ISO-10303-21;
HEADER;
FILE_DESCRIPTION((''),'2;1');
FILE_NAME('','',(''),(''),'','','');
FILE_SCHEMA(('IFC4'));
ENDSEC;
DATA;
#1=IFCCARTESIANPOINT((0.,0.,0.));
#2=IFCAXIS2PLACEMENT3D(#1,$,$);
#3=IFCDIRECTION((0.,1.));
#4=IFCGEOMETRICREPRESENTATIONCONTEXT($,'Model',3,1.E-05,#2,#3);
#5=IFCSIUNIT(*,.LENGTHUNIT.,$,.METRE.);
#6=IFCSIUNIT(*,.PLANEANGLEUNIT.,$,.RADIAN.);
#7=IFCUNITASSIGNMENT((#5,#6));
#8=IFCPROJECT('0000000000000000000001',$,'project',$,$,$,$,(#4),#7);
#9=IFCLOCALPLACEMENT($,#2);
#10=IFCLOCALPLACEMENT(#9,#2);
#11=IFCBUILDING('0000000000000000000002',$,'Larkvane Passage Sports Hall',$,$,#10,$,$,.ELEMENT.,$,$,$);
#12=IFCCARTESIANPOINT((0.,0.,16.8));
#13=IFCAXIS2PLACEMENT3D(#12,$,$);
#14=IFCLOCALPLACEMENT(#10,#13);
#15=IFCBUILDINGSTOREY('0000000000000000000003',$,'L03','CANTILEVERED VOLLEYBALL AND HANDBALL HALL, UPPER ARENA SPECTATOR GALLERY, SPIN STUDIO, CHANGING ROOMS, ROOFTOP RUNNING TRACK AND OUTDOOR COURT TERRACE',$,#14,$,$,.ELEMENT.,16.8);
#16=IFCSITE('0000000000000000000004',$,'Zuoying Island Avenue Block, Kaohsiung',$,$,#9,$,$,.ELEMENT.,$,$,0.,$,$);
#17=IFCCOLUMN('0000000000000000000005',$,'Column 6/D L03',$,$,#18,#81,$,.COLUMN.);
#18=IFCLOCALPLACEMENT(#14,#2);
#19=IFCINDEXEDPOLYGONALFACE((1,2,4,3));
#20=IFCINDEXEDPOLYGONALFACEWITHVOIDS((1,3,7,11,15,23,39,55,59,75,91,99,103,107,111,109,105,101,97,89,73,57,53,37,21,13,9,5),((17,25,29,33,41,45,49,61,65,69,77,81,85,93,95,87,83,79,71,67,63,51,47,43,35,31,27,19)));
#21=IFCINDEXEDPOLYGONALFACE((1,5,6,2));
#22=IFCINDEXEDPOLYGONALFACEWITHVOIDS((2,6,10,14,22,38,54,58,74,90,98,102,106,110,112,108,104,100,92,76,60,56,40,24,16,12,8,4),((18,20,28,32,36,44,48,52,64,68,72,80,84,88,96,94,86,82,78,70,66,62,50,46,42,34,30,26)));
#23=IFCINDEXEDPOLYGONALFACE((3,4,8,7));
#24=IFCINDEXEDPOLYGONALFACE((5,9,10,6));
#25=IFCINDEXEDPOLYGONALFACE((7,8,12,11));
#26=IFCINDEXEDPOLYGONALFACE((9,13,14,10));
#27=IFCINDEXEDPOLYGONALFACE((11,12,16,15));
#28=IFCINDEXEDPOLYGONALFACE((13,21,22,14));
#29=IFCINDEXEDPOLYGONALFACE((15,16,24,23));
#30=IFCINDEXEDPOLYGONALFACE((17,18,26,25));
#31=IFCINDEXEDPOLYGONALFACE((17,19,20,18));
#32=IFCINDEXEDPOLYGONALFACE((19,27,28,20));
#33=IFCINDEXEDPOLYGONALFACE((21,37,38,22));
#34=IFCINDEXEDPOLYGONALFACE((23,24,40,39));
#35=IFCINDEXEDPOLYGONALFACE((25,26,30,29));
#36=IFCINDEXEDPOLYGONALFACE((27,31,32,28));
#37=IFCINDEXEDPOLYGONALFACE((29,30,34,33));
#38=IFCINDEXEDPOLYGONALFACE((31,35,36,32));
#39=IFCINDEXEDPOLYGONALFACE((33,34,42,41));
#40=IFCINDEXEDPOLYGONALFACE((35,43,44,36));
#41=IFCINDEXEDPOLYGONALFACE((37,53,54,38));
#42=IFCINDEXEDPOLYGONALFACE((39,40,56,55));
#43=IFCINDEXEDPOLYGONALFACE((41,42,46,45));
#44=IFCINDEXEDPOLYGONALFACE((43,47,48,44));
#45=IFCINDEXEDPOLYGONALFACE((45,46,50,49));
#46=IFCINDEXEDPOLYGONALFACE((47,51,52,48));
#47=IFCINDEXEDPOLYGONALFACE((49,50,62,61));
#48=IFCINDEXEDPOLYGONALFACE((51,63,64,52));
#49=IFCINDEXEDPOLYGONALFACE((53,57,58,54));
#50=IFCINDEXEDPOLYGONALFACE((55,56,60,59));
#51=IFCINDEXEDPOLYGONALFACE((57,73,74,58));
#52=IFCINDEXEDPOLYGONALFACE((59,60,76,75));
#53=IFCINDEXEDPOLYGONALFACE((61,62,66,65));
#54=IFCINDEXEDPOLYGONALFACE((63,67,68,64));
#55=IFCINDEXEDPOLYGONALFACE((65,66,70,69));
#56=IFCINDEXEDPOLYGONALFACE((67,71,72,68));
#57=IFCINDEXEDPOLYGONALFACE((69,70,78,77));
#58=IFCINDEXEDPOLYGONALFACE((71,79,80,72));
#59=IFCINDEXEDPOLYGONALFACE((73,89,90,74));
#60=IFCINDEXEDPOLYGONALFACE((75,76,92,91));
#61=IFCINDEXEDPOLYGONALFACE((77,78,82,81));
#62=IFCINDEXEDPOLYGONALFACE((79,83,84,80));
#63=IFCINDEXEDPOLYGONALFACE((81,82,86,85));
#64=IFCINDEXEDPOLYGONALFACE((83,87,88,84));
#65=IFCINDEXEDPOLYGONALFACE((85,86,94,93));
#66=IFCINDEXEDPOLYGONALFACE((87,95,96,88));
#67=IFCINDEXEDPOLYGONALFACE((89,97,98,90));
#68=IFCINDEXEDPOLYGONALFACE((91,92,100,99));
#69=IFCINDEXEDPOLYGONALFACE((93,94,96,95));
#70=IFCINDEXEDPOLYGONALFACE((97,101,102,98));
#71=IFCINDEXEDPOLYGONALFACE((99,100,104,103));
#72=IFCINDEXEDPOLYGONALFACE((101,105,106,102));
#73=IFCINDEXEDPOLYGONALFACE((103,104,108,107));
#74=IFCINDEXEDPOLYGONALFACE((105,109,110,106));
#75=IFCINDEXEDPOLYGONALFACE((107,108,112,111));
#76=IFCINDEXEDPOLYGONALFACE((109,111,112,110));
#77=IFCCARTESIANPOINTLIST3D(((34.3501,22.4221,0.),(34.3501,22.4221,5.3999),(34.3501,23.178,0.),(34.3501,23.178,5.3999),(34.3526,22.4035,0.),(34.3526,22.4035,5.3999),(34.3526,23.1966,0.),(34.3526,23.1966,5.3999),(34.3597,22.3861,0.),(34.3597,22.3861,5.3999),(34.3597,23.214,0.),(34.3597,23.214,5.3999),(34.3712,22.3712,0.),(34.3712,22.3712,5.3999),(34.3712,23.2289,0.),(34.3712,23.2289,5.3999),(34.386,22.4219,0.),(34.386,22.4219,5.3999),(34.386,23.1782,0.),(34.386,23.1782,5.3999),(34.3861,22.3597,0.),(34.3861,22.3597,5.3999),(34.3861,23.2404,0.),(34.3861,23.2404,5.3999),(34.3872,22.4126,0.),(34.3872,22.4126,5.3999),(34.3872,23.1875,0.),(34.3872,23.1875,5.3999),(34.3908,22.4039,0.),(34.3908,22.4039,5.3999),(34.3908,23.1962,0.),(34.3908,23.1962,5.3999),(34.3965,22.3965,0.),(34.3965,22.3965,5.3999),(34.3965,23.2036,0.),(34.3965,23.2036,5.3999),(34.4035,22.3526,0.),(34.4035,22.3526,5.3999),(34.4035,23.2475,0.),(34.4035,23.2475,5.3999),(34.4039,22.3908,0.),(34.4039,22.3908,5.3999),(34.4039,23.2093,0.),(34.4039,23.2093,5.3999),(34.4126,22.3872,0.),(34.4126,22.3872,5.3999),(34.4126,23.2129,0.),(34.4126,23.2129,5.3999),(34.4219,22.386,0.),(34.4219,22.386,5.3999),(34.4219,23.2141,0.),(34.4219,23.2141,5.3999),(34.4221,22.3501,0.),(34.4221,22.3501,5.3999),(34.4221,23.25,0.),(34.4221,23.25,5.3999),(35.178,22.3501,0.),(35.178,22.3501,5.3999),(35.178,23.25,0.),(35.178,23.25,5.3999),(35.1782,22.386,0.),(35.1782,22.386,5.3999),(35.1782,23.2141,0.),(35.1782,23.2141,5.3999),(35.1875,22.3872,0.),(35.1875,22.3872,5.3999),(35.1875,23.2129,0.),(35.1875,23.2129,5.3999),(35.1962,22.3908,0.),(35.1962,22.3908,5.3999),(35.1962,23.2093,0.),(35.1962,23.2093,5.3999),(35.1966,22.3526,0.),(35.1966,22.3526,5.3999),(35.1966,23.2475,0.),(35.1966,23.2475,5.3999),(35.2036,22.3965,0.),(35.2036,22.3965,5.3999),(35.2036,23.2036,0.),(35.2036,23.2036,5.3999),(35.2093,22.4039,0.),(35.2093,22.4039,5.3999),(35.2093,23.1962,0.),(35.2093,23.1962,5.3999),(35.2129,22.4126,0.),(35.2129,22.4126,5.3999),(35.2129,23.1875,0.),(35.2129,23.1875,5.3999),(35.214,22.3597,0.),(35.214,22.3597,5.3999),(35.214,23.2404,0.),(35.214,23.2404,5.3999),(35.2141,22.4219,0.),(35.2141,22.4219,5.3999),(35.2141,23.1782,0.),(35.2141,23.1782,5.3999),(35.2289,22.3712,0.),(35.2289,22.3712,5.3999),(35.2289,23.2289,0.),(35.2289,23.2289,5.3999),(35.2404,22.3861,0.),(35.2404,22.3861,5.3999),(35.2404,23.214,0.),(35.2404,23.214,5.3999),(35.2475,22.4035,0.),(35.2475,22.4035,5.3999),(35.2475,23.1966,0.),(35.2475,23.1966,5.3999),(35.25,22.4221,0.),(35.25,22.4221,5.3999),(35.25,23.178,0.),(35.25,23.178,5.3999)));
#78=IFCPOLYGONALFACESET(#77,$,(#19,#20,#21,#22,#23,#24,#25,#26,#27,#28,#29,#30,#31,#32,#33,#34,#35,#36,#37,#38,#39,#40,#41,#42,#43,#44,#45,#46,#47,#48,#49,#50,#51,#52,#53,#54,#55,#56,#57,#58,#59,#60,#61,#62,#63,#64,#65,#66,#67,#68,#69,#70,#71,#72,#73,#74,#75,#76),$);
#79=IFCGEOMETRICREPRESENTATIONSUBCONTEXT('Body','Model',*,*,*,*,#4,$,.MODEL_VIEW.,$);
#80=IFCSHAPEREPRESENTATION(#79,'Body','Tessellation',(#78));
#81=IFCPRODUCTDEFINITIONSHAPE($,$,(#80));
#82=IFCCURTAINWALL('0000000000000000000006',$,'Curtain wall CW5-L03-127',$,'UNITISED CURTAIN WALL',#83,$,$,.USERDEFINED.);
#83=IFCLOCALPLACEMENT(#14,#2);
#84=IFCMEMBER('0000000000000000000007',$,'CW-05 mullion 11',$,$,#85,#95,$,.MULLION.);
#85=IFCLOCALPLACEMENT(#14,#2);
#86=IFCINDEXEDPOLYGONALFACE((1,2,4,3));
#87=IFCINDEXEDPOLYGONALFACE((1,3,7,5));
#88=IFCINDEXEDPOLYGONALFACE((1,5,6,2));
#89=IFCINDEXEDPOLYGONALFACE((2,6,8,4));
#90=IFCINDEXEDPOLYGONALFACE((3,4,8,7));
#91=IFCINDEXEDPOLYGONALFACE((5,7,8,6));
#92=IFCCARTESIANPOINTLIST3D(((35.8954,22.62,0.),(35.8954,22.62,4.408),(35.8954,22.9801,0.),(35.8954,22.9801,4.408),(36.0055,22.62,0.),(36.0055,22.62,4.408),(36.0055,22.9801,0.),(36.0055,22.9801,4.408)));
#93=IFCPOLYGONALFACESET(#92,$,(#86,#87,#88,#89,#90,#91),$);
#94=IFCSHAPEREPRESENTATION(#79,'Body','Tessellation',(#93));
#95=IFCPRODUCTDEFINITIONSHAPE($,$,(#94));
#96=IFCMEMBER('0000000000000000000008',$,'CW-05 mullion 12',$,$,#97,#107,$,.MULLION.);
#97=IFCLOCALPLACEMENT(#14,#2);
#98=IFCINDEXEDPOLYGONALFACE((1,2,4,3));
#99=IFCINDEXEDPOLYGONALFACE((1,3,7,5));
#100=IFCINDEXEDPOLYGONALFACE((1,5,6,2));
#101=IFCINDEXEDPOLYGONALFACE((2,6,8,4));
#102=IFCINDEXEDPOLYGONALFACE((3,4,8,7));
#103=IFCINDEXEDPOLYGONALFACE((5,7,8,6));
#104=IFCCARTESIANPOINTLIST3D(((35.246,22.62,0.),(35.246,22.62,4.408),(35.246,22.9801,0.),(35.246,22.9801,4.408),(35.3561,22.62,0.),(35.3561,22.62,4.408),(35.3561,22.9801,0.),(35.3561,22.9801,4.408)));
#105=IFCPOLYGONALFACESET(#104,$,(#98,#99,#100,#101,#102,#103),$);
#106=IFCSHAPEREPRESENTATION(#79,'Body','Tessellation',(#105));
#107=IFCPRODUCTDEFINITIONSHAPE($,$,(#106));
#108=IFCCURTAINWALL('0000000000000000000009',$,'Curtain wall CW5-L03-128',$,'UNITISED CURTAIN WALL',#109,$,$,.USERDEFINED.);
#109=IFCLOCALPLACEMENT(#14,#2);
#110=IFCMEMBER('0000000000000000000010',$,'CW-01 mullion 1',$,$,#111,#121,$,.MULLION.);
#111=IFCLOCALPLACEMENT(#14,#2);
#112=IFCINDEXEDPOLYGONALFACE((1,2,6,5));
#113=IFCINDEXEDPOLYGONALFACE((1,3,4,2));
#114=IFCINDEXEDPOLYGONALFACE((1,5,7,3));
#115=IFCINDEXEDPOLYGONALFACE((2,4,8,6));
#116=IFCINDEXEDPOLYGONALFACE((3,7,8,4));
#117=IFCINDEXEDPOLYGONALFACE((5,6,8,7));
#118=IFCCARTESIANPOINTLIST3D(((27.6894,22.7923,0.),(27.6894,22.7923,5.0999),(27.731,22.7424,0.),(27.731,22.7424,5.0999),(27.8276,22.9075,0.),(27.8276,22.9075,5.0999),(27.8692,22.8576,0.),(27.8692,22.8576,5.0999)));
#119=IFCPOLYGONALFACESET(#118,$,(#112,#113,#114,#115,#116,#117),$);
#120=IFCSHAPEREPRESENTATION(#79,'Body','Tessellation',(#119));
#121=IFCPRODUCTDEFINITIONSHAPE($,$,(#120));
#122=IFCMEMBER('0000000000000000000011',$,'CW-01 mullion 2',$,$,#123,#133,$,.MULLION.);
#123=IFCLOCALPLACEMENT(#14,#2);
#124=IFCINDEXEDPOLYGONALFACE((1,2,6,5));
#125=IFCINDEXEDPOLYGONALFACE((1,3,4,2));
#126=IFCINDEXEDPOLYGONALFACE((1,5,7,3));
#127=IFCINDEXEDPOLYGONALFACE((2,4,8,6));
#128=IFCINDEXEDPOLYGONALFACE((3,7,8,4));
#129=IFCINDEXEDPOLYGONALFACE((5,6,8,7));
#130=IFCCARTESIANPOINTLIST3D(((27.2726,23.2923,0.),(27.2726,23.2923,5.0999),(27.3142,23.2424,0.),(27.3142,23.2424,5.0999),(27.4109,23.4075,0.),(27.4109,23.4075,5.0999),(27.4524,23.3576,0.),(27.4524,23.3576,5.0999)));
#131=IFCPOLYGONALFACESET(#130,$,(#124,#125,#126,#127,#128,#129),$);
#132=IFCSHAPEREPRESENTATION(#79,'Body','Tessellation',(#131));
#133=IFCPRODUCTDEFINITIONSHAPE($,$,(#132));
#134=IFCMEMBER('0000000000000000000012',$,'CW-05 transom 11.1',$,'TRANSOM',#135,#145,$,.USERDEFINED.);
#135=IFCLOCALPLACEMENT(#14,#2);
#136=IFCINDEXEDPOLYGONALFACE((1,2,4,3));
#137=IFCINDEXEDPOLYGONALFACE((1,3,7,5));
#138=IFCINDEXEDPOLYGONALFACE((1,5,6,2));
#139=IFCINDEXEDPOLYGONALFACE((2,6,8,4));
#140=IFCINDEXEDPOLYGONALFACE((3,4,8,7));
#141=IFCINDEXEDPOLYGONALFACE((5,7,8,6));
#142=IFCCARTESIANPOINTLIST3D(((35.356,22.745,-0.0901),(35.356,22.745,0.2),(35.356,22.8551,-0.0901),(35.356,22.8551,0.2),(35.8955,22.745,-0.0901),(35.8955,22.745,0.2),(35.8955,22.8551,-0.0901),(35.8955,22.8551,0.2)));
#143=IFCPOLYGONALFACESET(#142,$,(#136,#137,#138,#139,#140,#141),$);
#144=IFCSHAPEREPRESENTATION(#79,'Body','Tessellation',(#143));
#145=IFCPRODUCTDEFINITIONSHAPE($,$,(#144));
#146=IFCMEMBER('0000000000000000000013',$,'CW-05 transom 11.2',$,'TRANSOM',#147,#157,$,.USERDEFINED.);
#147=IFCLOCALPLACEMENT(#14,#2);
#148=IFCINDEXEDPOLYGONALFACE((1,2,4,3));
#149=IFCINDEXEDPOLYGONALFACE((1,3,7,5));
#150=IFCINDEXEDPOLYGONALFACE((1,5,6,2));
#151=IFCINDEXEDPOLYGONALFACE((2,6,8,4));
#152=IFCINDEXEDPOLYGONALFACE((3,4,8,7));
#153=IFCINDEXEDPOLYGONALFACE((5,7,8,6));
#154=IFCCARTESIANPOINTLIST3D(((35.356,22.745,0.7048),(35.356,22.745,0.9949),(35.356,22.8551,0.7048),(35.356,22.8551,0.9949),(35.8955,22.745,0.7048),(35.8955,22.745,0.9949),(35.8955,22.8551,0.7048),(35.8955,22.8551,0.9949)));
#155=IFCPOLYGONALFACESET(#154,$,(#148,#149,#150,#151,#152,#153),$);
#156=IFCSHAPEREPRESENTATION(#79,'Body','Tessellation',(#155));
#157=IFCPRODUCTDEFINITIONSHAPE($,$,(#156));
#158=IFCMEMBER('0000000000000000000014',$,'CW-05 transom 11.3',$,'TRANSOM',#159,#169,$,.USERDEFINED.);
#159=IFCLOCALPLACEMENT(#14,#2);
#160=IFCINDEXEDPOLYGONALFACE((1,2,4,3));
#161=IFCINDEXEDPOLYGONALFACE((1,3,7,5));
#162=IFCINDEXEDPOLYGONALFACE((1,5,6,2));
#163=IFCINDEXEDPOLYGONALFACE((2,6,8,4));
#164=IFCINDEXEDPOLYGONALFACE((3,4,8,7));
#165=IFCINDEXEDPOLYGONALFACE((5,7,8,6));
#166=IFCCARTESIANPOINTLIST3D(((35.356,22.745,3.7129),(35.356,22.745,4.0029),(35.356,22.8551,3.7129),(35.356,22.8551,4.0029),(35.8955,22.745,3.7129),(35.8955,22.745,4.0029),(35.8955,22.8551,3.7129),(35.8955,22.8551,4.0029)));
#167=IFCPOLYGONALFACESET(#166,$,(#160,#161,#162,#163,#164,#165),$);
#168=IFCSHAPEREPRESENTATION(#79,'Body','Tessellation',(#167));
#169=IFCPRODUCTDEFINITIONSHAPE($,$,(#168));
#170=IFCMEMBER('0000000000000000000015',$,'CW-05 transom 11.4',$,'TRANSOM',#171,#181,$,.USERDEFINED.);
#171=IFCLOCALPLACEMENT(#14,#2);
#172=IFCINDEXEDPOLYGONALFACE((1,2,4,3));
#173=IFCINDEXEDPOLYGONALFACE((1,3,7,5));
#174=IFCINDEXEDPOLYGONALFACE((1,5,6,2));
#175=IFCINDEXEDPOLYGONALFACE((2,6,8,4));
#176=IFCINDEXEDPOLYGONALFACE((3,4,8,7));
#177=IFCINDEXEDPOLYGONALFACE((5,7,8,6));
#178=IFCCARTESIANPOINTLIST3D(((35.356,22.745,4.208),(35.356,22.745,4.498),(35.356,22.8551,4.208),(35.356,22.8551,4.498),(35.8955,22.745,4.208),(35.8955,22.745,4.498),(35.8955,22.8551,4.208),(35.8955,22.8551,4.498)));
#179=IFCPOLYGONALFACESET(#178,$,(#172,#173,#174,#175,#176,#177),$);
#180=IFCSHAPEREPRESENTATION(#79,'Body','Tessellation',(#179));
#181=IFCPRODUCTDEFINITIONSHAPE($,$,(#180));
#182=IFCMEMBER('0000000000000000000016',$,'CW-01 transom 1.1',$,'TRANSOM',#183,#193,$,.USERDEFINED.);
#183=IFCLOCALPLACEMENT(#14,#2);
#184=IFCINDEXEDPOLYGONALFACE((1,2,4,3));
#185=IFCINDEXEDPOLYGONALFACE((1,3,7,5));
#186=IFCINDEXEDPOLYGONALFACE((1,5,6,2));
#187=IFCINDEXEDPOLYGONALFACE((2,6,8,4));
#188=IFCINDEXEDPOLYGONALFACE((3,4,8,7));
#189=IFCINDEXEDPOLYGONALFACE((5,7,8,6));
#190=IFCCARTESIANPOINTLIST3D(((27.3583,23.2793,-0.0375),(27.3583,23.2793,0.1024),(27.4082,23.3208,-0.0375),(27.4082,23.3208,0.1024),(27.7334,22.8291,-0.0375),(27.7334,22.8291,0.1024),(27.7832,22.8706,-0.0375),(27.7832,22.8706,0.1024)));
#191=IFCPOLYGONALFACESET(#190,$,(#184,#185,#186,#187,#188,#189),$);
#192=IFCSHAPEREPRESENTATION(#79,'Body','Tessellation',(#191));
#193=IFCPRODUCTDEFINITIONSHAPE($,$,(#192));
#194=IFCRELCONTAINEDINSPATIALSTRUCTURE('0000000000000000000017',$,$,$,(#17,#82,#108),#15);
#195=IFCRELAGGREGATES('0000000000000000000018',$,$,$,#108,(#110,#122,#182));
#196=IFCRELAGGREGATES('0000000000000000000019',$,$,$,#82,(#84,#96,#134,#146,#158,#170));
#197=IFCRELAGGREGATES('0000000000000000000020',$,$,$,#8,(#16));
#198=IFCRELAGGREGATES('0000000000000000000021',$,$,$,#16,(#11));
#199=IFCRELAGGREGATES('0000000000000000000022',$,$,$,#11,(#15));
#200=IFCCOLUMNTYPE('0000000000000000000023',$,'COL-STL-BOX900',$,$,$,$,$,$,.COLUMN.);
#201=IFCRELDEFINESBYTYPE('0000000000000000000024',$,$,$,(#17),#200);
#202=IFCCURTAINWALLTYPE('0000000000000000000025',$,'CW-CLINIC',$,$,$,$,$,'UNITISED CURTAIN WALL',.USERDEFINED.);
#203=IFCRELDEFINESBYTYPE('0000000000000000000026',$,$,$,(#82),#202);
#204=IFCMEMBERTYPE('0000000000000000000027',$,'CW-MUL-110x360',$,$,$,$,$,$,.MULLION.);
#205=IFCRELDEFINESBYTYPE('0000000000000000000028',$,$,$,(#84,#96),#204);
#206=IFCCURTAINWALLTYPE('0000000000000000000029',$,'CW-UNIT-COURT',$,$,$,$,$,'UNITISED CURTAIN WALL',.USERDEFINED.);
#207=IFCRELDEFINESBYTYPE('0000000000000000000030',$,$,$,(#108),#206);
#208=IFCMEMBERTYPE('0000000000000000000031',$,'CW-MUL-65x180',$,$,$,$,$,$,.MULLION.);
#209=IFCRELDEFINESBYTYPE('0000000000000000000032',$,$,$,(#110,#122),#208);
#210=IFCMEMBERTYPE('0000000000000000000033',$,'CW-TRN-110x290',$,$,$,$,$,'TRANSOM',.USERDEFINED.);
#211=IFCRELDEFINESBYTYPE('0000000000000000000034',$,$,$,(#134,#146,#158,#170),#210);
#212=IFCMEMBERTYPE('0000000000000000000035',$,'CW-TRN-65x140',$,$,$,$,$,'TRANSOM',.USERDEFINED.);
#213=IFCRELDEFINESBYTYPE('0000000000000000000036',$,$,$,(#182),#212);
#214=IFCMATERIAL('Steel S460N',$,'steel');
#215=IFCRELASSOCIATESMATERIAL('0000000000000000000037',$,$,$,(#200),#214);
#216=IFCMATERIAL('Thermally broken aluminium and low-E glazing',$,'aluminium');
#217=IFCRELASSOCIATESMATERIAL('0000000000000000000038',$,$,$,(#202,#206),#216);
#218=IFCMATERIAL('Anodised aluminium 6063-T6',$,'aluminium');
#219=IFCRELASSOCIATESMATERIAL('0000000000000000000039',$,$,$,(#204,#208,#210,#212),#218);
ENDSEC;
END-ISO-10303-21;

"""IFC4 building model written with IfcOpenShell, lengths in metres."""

from ifc_helpers import new_model, si_unit, direction, frame, origin, origin_2d, place, context, subcontext, project, spatial, rectangle, hollow_rectangle, extrude, material, material_profile, profile_set, type_object, element, aggregate, save


model = new_model("IFC4")

# Units and contexts
model_context = context("Model", 3, precision=1e-05, world=origin(), true_north=direction((0.0, 1.0)))
body_context = subcontext(model_context, "Body", "Model", "MODEL_VIEW")
ifc_project = project(units=[si_unit("LENGTHUNIT", "METRE"), si_unit("PLANEANGLEUNIT", "RADIAN")], contexts=[model_context])

# Site, building, storey
site_placement = place(None, origin())
site = spatial("IfcSite", under=ifc_project, at=site_placement, Name="Zuoying Island Avenue Block, Kaohsiung", CompositionType="ELEMENT", RefElevation=0.0)
building_placement = place(site_placement, origin())
building = spatial("IfcBuilding", under=site, at=building_placement, Name="Larkvane Passage Sports Hall", CompositionType="ELEMENT")
storey_placement = place(building_placement, frame((0.0, 0.0, 16.8)))
storey = spatial("IfcBuildingStorey", under=building, at=storey_placement, Name="L03", Description="CANTILEVERED VOLLEYBALL AND HANDBALL HALL, UPPER ARENA SPECTATOR GALLERY, SPIN STUDIO, CHANGING ROOMS, ROOFTOP RUNNING TRACK AND OUTDOOR COURT TERRACE", CompositionType="ELEMENT", Elevation=16.8)

# Column
ifc_material_1 = material(Name="Steel S460N", Category="steel")
ifc_material_profile_1 = material_profile(ifc_material_1, hollow_rectangle(XDim=0.8999, YDim=0.8999, WallThickness=0.0359, InnerFilletRadius=0.0359, OuterFilletRadius=0.072, at=origin_2d()), Name="BOX-900x900x36")
ifc_profile_set_1 = profile_set([ifc_material_profile_1], Name="Steel S460N")
column_type = type_object("IfcColumnType", Name="COL-STL-BOX900", PredefinedType="COLUMN", material=ifc_profile_set_1)
column_placement = place(storey_placement, frame((34.8, 22.8, 0.0), z_axis=(0.0, 0.0, 1.0), x_axis=(1.0, 0.0, 0.0)))
element("IfcColumn", 1, at=column_placement, inside=storey, type_object=column_type, Name="Column 6/D L03", PredefinedType="COLUMN", context=body_context, shape_type="SweptSolid", body=[
    extrude(hollow_rectangle(XDim=0.8999, YDim=0.8999, WallThickness=0.0359, InnerFilletRadius=0.0359, OuterFilletRadius=0.072, at=origin_2d()), origin(), (0.0, 0.0, 1.0), 5.3999),
])

# Curtain walls, members
ifc_material_2 = material(Name="Thermally broken aluminium and low-E glazing", Category="aluminium")
curtain_wall_type_1 = type_object("IfcCurtainWallType", Name="CW-CLINIC", ElementType="UNITISED CURTAIN WALL", PredefinedType="USERDEFINED", material=ifc_material_2)
curtain_wall_1_placement = place(storey_placement, origin())
curtain_wall_1 = element("IfcCurtainWall", 2, at=curtain_wall_1_placement, inside=storey, type_object=curtain_wall_type_1, Name="Curtain wall CW5-L03-127", ObjectType="UNITISED CURTAIN WALL", PredefinedType="USERDEFINED")
ifc_material_3 = material(Name="Anodised aluminium 6063-T6", Category="aluminium")
ifc_material_profile_2 = material_profile(ifc_material_3, rectangle(XDim=0.1101, YDim=0.3601, at=origin_2d()), Name="ALU-MUL-110x360")
ifc_profile_set_2 = profile_set([ifc_material_profile_2], Name="Anodised aluminium 6063-T6")
member_type_1 = type_object("IfcMemberType", Name="CW-MUL-110x360", PredefinedType="MULLION", material=ifc_profile_set_2)
member_1_placement = place(storey_placement, frame((35.9504, 22.8, 0.0), z_axis=(0.0, 0.0, 1.0), x_axis=(-1.0, 0.0, 0.0)))
member_1 = element("IfcMember", 3, at=member_1_placement, type_object=member_type_1, Name="CW-05 mullion 11", PredefinedType="MULLION", context=body_context, shape_type="SweptSolid", body=[
    extrude(rectangle(XDim=0.1101, YDim=0.3601, at=origin_2d()), origin(), (0.0, 0.0, 1.0), 4.408),
])
member_2_placement = place(storey_placement, frame((35.301, 22.8, 0.0), z_axis=(0.0, 0.0, 1.0), x_axis=(-1.0, 0.0, 0.0)))
member_2 = element("IfcMember", 4, at=member_2_placement, type_object=member_type_1, Name="CW-05 mullion 12", PredefinedType="MULLION", context=body_context, shape_type="SweptSolid", body=[
    extrude(rectangle(XDim=0.1101, YDim=0.3601, at=origin_2d()), origin(), (0.0, 0.0, 1.0), 4.408),
])
curtain_wall_type_2 = type_object("IfcCurtainWallType", Name="CW-UNIT-COURT", ElementType="UNITISED CURTAIN WALL", PredefinedType="USERDEFINED", material=ifc_material_2)
curtain_wall_2_placement = place(storey_placement, origin())
curtain_wall_2 = element("IfcCurtainWall", 5, at=curtain_wall_2_placement, inside=storey, type_object=curtain_wall_type_2, Name="Curtain wall CW5-L03-128", ObjectType="UNITISED CURTAIN WALL", PredefinedType="USERDEFINED")
ifc_material_profile_3 = material_profile(ifc_material_3, rectangle(XDim=0.0649, YDim=0.1799, at=origin_2d()), Name="ALU-MUL-65x180")
ifc_profile_set_3 = profile_set([ifc_material_profile_3], Name="Anodised aluminium 6063-T6")
member_type_2 = type_object("IfcMemberType", Name="CW-MUL-65x180", PredefinedType="MULLION", material=ifc_profile_set_3)
member_3_placement = place(storey_placement, frame((27.7793, 22.825, 0.0), z_axis=(0.0, 0.0, 1.0), x_axis=(-0.640184, 0.768221, 0.0)))
member_3 = element("IfcMember", 6, at=member_3_placement, type_object=member_type_2, Name="CW-01 mullion 1", PredefinedType="MULLION", context=body_context, shape_type="SweptSolid", body=[
    extrude(rectangle(XDim=0.0649, YDim=0.1799, at=origin_2d()), origin(), (0.0, 0.0, 1.0), 5.0999),
])
member_4_placement = place(storey_placement, frame((27.3625, 23.325, 0.0), z_axis=(0.0, 0.0, 1.0), x_axis=(-0.640184, 0.768221, 0.0)))
member_4 = element("IfcMember", 7, at=member_4_placement, type_object=member_type_2, Name="CW-01 mullion 2", PredefinedType="MULLION", context=body_context, shape_type="SweptSolid", body=[
    extrude(rectangle(XDim=0.0649, YDim=0.1799, at=origin_2d()), origin(), (0.0, 0.0, 1.0), 5.0999),
])

# Members
ifc_material_profile_4 = material_profile(ifc_material_3, rectangle(XDim=0.1101, YDim=0.29, at=origin_2d()), Name="ALU-TRN-110x290")
ifc_profile_set_4 = profile_set([ifc_material_profile_4], Name="Anodised aluminium 6063-T6")
member_type_3 = type_object("IfcMemberType", Name="CW-TRN-110x290", ElementType="TRANSOM", PredefinedType="USERDEFINED", material=ifc_profile_set_4)
member_5_placement = place(storey_placement, frame((35.8955, 22.8, 0.0549), z_axis=(-1.0, 0.0, 0.0), x_axis=(0.0, -1.0, 0.0)))
member_5 = element("IfcMember", 8, at=member_5_placement, type_object=member_type_3, Name="CW-05 transom 11.1", ObjectType="TRANSOM", PredefinedType="USERDEFINED", context=body_context, shape_type="SweptSolid", body=[
    extrude(rectangle(XDim=0.1101, YDim=0.29, at=origin_2d()), origin(), (0.0, 0.0, 1.0), 0.5396),
])
member_6_placement = place(storey_placement, frame((35.8955, 22.8, 0.8499), z_axis=(-1.0, 0.0, 0.0), x_axis=(0.0, -1.0, 0.0)))
member_6 = element("IfcMember", 9, at=member_6_placement, type_object=member_type_3, Name="CW-05 transom 11.2", ObjectType="TRANSOM", PredefinedType="USERDEFINED", context=body_context, shape_type="SweptSolid", body=[
    extrude(rectangle(XDim=0.1101, YDim=0.29, at=origin_2d()), origin(), (0.0, 0.0, 1.0), 0.5396),
])
member_7_placement = place(storey_placement, frame((35.8955, 22.8, 3.8579), z_axis=(-1.0, 0.0, 0.0), x_axis=(0.0, -1.0, 0.0)))
member_7 = element("IfcMember", 10, at=member_7_placement, type_object=member_type_3, Name="CW-05 transom 11.3", ObjectType="TRANSOM", PredefinedType="USERDEFINED", context=body_context, shape_type="SweptSolid", body=[
    extrude(rectangle(XDim=0.1101, YDim=0.29, at=origin_2d()), origin(), (0.0, 0.0, 1.0), 0.5396),
])
member_8_placement = place(storey_placement, frame((35.8955, 22.8, 4.353), z_axis=(-1.0, 0.0, 0.0), x_axis=(0.0, -1.0, 0.0)))
member_8 = element("IfcMember", 11, at=member_8_placement, type_object=member_type_3, Name="CW-05 transom 11.4", ObjectType="TRANSOM", PredefinedType="USERDEFINED", context=body_context, shape_type="SweptSolid", body=[
    extrude(rectangle(XDim=0.1101, YDim=0.29, at=origin_2d()), origin(), (0.0, 0.0, 1.0), 0.5396),
])
ifc_material_profile_5 = material_profile(ifc_material_3, rectangle(XDim=0.0649, YDim=0.1399, at=origin_2d()), Name="ALU-TRN-65x140")
ifc_profile_set_5 = profile_set([ifc_material_profile_5], Name="Anodised aluminium 6063-T6")
member_type_4 = type_object("IfcMemberType", Name="CW-TRN-65x140", ElementType="TRANSOM", PredefinedType="USERDEFINED", material=ifc_profile_set_5)
member_9_placement = place(storey_placement, frame((27.7583, 22.8499, 0.0325), z_axis=(-0.64002, 0.768358, 0.0), x_axis=(-0.768358, -0.64002, 0.0)))
member_9 = element("IfcMember", 12, at=member_9_placement, type_object=member_type_4, Name="CW-01 transom 1.1", ObjectType="TRANSOM", PredefinedType="USERDEFINED", context=body_context, shape_type="SweptSolid", body=[
    extrude(rectangle(XDim=0.0649, YDim=0.1399, at=origin_2d()), origin(), (0.0, 0.0, 1.0), 0.5859),
])

aggregate(curtain_wall_2, [member_3, member_4, member_9])
aggregate(curtain_wall_1, [member_1, member_2, member_5, member_6, member_7, member_8])

save(model, "model.ifc")
